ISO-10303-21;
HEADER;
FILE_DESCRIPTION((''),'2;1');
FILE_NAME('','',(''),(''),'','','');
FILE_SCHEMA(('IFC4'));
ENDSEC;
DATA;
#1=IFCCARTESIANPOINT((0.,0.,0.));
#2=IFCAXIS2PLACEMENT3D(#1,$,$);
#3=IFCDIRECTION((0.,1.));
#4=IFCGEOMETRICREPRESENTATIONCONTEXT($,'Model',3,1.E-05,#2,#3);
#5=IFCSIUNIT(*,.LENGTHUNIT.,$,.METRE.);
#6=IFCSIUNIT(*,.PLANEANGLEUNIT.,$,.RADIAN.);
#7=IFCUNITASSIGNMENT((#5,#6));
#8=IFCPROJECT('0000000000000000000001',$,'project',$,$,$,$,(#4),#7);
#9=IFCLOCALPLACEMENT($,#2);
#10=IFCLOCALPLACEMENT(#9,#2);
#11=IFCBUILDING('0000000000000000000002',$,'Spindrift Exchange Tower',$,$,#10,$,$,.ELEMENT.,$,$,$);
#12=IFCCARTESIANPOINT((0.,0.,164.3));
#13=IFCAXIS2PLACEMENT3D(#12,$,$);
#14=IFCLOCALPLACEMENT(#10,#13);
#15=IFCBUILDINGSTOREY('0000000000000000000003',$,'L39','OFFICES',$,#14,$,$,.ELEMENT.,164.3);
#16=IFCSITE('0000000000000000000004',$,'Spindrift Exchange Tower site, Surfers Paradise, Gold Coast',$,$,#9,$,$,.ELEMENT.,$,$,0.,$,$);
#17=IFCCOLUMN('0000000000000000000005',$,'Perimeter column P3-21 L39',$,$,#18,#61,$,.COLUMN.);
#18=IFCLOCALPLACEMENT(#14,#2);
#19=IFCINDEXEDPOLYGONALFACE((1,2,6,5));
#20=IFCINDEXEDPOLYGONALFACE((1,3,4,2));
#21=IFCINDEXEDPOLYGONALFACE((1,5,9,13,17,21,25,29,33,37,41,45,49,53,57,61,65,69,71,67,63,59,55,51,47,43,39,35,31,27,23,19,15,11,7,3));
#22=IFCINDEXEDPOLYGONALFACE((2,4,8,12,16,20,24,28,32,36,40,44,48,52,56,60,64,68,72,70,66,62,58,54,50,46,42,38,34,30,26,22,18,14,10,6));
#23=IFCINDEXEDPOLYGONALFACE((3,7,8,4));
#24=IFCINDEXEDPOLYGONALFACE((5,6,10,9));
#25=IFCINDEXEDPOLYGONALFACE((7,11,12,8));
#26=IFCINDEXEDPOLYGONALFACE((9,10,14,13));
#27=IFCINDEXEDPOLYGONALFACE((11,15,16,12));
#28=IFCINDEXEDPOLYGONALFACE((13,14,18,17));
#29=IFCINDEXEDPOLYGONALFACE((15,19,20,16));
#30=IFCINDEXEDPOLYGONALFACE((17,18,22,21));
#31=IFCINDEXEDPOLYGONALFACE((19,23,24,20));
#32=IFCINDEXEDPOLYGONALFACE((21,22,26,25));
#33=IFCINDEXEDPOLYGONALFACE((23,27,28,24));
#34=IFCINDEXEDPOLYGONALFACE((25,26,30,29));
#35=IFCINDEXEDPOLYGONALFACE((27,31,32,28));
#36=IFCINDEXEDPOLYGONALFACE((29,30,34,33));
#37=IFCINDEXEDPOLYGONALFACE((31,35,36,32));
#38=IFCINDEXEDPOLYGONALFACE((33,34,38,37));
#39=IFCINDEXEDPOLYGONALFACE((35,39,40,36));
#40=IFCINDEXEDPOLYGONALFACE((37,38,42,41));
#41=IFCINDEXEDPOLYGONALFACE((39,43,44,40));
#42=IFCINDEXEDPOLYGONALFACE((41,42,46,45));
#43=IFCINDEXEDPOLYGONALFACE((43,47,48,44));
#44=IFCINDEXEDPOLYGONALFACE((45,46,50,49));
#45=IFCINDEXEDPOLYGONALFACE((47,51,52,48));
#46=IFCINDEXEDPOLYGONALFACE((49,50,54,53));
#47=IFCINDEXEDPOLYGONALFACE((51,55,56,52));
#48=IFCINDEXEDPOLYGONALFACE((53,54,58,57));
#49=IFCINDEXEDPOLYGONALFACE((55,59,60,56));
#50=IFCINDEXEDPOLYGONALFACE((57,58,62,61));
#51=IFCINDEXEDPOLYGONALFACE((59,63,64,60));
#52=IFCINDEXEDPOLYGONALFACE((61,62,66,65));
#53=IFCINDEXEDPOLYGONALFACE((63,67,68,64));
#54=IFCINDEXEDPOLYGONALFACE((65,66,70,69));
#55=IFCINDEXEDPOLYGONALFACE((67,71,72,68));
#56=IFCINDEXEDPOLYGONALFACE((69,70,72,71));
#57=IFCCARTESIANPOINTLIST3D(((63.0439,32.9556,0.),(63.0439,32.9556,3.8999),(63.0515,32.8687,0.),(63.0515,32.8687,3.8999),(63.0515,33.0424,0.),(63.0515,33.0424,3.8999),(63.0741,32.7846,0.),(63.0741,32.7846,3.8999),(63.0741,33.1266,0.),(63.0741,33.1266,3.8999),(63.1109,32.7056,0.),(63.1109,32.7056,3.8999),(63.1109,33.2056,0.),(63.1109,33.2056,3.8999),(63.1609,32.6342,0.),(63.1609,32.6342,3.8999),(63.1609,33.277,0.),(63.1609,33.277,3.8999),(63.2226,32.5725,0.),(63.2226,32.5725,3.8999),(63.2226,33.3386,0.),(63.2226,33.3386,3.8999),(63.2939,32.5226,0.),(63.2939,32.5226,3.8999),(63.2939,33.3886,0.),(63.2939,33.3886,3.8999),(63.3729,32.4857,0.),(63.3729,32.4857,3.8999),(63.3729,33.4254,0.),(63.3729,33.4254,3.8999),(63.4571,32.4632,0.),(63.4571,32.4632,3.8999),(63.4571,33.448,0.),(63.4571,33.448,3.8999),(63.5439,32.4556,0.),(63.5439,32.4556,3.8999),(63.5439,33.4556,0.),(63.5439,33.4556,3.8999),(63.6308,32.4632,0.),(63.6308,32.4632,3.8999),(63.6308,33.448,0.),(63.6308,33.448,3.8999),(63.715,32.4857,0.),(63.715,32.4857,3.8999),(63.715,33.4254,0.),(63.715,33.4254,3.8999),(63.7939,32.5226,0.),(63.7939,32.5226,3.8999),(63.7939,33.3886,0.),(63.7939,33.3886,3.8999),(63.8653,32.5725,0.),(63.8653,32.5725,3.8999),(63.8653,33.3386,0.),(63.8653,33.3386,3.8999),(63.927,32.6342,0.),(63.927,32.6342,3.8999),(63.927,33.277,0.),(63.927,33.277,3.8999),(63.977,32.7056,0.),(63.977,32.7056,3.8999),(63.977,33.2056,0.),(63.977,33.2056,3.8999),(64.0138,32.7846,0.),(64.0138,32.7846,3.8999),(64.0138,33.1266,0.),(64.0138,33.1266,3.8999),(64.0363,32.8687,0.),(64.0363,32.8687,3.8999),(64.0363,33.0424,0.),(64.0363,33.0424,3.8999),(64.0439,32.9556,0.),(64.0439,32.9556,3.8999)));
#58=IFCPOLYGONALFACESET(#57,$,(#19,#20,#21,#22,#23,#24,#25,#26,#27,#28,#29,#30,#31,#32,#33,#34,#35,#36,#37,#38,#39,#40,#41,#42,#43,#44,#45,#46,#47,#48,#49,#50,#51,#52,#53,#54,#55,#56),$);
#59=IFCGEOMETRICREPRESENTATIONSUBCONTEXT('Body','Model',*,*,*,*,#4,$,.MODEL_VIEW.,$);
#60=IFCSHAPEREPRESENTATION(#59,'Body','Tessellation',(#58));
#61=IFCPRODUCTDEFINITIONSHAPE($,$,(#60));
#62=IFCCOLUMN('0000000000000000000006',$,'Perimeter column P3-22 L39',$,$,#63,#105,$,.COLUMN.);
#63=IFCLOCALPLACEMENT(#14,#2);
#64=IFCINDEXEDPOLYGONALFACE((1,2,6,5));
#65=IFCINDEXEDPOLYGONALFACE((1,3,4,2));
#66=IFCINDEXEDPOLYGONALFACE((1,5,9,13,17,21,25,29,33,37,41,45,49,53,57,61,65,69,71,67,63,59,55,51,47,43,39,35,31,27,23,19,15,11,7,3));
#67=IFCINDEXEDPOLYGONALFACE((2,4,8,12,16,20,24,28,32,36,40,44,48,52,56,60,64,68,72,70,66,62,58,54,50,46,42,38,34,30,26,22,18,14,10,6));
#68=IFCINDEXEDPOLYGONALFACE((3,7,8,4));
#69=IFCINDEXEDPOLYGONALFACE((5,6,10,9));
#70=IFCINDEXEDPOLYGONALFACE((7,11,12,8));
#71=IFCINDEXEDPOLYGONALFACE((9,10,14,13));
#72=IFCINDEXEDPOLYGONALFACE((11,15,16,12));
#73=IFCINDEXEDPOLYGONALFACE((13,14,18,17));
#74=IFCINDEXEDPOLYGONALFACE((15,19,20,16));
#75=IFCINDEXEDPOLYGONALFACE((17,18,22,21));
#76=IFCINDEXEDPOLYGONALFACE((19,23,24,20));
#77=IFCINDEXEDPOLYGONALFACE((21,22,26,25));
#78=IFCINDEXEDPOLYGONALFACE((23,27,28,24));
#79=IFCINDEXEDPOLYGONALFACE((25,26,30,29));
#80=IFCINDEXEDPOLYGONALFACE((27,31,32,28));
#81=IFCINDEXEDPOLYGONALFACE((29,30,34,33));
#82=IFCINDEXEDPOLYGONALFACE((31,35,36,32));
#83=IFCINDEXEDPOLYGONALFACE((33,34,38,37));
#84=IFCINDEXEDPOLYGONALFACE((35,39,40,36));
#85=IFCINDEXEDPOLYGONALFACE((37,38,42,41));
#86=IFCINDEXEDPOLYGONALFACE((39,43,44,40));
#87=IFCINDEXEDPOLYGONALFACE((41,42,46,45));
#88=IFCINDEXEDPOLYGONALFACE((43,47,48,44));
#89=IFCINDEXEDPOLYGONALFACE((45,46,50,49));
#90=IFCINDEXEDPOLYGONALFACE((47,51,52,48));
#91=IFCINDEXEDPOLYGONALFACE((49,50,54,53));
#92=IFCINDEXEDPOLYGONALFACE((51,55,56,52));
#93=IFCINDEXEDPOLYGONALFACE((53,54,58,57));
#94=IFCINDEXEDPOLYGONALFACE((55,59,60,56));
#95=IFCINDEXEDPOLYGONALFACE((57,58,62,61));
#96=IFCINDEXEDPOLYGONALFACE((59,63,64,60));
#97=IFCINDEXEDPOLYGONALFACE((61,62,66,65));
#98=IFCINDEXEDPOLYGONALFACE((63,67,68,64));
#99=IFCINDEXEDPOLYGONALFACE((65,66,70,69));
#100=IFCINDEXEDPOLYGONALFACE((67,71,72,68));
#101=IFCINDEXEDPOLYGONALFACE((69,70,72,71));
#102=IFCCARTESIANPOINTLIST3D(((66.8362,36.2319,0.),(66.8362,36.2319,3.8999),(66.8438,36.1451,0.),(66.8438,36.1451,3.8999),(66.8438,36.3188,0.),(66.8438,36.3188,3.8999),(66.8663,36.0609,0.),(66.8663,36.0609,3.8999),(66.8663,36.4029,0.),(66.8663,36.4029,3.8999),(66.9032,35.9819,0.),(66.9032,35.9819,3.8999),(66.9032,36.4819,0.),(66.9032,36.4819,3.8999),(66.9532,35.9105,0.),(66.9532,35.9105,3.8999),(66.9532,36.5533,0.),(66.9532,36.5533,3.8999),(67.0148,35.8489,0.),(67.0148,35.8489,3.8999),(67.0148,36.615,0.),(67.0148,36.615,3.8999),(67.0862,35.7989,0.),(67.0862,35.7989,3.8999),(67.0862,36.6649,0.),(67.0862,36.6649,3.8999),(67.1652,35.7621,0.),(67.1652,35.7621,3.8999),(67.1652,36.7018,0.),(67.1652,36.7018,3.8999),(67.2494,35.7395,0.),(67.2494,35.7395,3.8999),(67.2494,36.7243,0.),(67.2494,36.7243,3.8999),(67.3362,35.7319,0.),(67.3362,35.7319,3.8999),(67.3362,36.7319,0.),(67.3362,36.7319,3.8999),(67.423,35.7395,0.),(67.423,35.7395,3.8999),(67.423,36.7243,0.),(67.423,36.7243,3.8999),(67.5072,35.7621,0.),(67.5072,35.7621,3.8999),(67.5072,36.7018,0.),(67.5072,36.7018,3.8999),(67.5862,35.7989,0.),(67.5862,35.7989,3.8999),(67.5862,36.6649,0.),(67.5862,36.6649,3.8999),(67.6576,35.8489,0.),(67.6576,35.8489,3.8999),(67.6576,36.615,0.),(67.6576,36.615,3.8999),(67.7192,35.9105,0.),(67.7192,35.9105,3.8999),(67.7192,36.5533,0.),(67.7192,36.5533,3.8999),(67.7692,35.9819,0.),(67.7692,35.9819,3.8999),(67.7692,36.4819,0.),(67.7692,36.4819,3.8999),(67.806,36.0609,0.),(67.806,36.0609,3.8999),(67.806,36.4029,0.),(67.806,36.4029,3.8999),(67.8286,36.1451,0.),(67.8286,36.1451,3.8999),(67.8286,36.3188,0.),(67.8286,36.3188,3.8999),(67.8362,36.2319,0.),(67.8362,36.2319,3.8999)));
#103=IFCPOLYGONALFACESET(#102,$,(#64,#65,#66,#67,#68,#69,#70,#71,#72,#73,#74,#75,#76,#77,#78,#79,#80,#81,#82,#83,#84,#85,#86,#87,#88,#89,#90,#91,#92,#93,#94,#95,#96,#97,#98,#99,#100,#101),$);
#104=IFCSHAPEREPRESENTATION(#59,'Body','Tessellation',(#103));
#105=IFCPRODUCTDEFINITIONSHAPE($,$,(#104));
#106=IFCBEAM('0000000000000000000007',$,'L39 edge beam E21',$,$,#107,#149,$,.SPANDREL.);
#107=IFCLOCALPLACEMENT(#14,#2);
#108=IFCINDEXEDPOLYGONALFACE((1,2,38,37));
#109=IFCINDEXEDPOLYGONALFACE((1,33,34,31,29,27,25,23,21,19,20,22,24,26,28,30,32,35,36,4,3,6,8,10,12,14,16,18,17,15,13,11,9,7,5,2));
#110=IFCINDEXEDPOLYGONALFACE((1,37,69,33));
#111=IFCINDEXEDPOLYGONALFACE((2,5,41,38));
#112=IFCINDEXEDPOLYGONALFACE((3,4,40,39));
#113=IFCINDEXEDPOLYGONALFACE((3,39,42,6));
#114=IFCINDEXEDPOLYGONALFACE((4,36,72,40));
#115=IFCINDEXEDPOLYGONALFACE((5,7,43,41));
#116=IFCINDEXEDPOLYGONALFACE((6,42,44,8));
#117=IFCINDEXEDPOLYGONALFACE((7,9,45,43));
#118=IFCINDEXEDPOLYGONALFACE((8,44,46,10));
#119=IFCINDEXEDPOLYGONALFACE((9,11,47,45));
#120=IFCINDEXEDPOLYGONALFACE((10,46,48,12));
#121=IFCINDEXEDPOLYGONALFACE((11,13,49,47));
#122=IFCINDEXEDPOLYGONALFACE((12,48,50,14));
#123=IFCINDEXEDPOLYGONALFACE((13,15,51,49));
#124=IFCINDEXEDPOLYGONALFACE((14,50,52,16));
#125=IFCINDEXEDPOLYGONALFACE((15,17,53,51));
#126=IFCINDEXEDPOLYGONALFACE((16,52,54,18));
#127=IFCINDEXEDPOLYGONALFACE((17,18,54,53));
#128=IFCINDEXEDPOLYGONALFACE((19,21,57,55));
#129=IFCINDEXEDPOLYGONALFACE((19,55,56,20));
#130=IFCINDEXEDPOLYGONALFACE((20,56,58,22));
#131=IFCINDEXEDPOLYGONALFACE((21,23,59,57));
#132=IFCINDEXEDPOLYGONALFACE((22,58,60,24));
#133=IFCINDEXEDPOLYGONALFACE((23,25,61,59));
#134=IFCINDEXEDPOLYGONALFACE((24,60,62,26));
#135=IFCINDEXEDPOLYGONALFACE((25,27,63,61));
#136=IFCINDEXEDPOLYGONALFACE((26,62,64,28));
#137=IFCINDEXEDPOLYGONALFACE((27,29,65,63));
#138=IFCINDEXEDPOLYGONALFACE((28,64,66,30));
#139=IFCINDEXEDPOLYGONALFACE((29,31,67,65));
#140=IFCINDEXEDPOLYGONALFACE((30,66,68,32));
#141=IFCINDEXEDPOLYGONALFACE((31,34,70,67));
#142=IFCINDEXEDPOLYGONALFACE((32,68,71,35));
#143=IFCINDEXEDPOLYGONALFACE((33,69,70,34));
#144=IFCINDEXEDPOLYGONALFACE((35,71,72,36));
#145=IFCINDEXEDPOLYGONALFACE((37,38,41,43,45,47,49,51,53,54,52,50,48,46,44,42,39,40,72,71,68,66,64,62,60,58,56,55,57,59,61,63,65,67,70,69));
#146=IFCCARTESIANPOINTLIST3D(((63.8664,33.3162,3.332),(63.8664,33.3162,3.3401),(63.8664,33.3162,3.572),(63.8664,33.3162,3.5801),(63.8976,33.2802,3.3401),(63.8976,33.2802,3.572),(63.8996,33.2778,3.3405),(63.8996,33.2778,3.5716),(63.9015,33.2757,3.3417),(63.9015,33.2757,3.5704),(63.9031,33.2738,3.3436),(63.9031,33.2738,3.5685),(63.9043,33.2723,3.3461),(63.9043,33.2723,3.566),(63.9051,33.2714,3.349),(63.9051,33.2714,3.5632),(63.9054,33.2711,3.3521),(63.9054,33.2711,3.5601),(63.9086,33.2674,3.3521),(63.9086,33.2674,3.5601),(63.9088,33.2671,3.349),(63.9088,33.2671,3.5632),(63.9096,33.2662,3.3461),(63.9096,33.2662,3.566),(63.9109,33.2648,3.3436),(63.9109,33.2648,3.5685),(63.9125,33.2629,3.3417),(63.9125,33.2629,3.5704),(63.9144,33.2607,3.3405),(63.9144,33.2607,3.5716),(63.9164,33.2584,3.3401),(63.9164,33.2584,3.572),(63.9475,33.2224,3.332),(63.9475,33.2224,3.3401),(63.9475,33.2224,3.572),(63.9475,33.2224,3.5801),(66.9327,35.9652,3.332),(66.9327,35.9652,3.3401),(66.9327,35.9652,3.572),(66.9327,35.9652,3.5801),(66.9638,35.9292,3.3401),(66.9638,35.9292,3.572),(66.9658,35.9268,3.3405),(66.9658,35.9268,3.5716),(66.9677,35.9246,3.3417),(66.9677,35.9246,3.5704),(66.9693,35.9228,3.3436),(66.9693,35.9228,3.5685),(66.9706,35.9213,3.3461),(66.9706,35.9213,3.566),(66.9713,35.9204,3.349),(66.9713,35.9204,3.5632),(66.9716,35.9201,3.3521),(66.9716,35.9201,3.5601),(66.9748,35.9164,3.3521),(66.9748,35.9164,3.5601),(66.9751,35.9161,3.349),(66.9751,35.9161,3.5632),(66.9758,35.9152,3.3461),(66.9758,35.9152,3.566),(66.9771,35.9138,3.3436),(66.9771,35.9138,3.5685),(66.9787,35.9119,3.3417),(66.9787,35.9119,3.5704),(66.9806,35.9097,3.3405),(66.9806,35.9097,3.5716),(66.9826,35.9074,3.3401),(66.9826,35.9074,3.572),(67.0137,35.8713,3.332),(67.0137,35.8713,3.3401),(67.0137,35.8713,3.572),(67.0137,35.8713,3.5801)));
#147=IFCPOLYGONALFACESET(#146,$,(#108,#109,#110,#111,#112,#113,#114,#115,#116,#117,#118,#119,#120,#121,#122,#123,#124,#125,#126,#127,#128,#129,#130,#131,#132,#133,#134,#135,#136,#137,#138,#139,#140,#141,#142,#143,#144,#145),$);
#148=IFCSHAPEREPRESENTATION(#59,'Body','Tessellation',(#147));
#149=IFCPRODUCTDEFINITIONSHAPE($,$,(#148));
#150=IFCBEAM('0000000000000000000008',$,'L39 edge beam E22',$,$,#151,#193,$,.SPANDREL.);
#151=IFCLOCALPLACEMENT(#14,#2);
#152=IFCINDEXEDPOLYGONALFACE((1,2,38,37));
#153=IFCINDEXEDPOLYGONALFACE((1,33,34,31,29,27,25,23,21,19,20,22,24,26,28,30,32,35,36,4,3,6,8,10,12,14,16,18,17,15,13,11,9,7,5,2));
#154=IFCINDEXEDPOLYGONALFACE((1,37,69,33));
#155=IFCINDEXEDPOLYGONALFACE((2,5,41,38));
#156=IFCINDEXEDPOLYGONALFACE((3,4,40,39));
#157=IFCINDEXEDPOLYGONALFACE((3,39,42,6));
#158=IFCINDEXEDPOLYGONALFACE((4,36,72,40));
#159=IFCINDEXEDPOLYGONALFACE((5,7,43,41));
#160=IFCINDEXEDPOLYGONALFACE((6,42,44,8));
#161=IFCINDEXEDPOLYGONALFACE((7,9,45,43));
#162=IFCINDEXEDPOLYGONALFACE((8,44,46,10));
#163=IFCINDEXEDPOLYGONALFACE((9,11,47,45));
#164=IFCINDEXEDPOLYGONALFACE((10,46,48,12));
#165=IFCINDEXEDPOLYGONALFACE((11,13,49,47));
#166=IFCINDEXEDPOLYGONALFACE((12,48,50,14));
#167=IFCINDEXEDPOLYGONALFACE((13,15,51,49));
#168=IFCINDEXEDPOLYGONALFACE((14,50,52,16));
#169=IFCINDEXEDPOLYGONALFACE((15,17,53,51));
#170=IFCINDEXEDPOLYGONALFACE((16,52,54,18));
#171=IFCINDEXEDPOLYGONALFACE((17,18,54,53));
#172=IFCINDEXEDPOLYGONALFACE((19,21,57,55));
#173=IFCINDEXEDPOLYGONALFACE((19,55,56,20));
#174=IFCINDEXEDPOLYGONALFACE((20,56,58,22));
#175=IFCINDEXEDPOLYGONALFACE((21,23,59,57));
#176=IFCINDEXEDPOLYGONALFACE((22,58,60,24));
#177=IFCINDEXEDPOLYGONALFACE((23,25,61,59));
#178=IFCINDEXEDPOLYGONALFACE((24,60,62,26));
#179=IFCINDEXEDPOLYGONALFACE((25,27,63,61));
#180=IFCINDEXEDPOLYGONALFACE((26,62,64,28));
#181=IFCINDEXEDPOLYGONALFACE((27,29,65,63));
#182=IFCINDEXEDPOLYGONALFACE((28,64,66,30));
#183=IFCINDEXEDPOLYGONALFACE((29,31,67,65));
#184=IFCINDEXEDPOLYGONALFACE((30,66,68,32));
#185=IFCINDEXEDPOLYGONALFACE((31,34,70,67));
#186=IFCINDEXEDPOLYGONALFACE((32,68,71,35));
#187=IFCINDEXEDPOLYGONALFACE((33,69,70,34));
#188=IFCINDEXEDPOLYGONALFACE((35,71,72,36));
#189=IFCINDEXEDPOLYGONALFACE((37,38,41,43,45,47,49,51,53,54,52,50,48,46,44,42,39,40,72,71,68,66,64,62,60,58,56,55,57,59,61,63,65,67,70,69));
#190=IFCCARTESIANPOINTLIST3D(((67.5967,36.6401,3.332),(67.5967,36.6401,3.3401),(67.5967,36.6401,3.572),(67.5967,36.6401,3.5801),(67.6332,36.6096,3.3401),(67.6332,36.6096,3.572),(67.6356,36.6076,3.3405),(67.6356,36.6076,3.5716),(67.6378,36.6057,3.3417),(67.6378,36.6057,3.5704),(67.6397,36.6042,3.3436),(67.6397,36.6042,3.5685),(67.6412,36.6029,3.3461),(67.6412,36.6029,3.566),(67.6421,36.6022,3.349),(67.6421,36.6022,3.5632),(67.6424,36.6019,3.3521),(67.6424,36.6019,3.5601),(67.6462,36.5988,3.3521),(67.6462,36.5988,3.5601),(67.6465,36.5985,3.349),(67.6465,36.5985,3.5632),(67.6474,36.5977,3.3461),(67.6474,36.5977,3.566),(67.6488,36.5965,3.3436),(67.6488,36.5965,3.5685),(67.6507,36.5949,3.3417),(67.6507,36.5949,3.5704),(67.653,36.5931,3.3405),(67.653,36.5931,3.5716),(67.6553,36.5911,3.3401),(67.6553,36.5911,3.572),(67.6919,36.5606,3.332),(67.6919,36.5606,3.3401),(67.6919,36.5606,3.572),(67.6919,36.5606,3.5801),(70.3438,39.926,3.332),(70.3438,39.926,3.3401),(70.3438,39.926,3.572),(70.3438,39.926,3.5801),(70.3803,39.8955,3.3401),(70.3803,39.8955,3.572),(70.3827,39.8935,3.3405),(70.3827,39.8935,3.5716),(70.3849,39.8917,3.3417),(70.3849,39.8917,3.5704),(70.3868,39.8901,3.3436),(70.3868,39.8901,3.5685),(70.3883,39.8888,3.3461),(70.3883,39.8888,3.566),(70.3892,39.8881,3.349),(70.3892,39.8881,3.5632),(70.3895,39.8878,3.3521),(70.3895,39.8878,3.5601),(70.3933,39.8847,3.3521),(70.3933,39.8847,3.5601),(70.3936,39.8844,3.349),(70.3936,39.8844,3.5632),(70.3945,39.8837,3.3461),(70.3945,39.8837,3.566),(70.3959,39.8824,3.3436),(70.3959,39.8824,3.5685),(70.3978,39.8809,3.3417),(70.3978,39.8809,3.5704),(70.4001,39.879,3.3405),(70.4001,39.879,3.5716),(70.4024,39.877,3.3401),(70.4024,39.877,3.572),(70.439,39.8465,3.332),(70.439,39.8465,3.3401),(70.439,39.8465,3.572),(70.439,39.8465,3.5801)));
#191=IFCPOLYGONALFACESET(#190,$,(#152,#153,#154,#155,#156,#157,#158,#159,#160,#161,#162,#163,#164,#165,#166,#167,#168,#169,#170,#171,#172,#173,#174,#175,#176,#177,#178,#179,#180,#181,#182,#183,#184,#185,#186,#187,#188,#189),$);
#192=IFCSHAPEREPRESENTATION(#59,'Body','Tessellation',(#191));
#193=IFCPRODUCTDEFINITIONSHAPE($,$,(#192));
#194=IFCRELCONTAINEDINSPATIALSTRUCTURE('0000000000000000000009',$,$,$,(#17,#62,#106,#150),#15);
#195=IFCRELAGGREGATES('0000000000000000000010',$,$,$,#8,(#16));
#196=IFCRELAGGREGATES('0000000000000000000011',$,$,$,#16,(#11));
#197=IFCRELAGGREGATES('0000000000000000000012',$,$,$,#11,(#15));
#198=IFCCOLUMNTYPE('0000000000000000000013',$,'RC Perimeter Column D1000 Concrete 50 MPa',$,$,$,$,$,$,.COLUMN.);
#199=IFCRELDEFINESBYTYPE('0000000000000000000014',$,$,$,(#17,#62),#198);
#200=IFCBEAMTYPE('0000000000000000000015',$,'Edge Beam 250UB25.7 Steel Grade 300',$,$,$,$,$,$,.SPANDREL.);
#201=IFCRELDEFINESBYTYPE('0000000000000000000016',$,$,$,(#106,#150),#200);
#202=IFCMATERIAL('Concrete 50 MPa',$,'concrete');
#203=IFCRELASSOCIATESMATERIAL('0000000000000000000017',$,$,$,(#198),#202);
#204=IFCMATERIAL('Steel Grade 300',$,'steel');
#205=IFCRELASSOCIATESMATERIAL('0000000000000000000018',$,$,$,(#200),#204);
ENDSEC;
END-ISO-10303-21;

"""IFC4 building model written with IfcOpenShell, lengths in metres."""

from ifc_helpers import new_model, si_unit, direction, frame, origin, origin_2d, place, context, subcontext, project, spatial, circle, i_section, extrude, source, transform, mapped, material, material_profile, profile_set, type_object, element, save


model = new_model("IFC4")

# Units and contexts
model_context = context("Model", 3, precision=1e-05, world=origin(), true_north=direction((0.0, 1.0)))
body_context = subcontext(model_context, "Body", "Model", "MODEL_VIEW")
ifc_project = project(units=[si_unit("LENGTHUNIT", "METRE"), si_unit("PLANEANGLEUNIT", "RADIAN")], contexts=[model_context])

# Site, building, storey
site_placement = place(None, origin())
site = spatial("IfcSite", under=ifc_project, at=site_placement, Name="Spindrift Exchange Tower site, Surfers Paradise, Gold Coast", CompositionType="ELEMENT", RefElevation=0.0)
building_placement = place(site_placement, origin())
building = spatial("IfcBuilding", under=site, at=building_placement, Name="Spindrift Exchange Tower", CompositionType="ELEMENT")
storey_placement = place(building_placement, frame((0.0, 0.0, 164.3)))
storey = spatial("IfcBuildingStorey", under=building, at=storey_placement, Name="L39", Description="OFFICES", CompositionType="ELEMENT", Elevation=164.3)

# Columns
ifc_material_1 = material(Name="Concrete 50 MPa", Category="concrete")
ifc_material_profile_1 = material_profile(ifc_material_1, circle(Radius=0.5, at=origin_2d()), Name="RC D1000")
ifc_profile_set_1 = profile_set([ifc_material_profile_1], Name="Concrete 50 MPa")
column_type = type_object("IfcColumnType", Name="RC Perimeter Column D1000 Concrete 50 MPa", PredefinedType="COLUMN", material=ifc_profile_set_1)
shared_shape_1 = source(origin(), body_context, "Body", "SweptSolid", [
    extrude(circle(Radius=0.5, at=origin_2d()), origin(), (0.0, 0.0, 1.0), 3.8999),
])
for number, where, z_axis, x_axis, name in (
    (1, (63.5439, 32.9556, 0.0), (0.0, 0.0, 1.0), (1.0, 0.0, 0.0), "Perimeter column P3-21 L39"),
    (2, (67.3362, 36.2319, 0.0), (0.0, 0.0, 1.0), (1.0, 0.0, 0.0), "Perimeter column P3-22 L39"),
):
    element("IfcColumn", number, at=place(storey_placement, frame(where, z_axis=z_axis, x_axis=x_axis)), inside=storey, type_object=column_type, Name=name, PredefinedType="COLUMN", context=body_context, shape_type="MappedRepresentation", body=[
        mapped(shared_shape_1, transform((0.0, 0.0, 0.0), scale=1.0)),
    ])

# Beams
ifc_material_2 = material(Name="Steel Grade 300", Category="steel")
ifc_material_profile_2 = material_profile(ifc_material_2, i_section(OverallWidth=0.124, OverallDepth=0.248, WebThickness=0.0049, FlangeThickness=0.0081, FilletRadius=0.012, at=origin_2d()), Name="250UB25.7")
ifc_profile_set_2 = profile_set([ifc_material_profile_2], Name="Steel Grade 300")
beam_type = type_object("IfcBeamType", Name="Edge Beam 250UB25.7 Steel Grade 300", PredefinedType="SPANDREL", material=ifc_profile_set_2)
shared_shape_2 = source(origin(), body_context, "Body", "SweptSolid", [
    extrude(i_section(OverallWidth=0.124, OverallDepth=0.248, WebThickness=0.0049, FlangeThickness=0.0081, FilletRadius=0.012, at=origin_2d()), origin(), (0.0, 0.0, 1.0), 4.052),
])
beam_1_placement = place(storey_placement, frame((63.907, 33.2693, 3.4561), z_axis=(0.756716, 0.653744, 0.0), x_axis=(-0.653744, 0.756716, 0.0)))
element("IfcBeam", 3, at=beam_1_placement, inside=storey, type_object=beam_type, Name="L39 edge beam E21", PredefinedType="SPANDREL", context=body_context, shape_type="MappedRepresentation", body=[
    mapped(shared_shape_2, transform((0.0, 0.0, 0.0), scale=1.0)),
])
shared_shape_3 = source(origin(), body_context, "Body", "SweptSolid", [
    extrude(i_section(OverallWidth=0.124, OverallDepth=0.248, WebThickness=0.0049, FlangeThickness=0.0081, FilletRadius=0.012, at=origin_2d()), origin(), (0.0, 0.0, 1.0), 4.283),
])
beam_2_placement = place(storey_placement, frame((67.6443, 36.6003, 3.4561), z_axis=(0.6414, 0.767206, 0.0), x_axis=(-0.767206, 0.6414, 0.0)))
element("IfcBeam", 4, at=beam_2_placement, inside=storey, type_object=beam_type, Name="L39 edge beam E22", PredefinedType="SPANDREL", context=body_context, shape_type="MappedRepresentation", body=[
    mapped(shared_shape_3, transform((0.0, 0.0, 0.0), scale=1.0)),
])

save(model, "model.ifc")
